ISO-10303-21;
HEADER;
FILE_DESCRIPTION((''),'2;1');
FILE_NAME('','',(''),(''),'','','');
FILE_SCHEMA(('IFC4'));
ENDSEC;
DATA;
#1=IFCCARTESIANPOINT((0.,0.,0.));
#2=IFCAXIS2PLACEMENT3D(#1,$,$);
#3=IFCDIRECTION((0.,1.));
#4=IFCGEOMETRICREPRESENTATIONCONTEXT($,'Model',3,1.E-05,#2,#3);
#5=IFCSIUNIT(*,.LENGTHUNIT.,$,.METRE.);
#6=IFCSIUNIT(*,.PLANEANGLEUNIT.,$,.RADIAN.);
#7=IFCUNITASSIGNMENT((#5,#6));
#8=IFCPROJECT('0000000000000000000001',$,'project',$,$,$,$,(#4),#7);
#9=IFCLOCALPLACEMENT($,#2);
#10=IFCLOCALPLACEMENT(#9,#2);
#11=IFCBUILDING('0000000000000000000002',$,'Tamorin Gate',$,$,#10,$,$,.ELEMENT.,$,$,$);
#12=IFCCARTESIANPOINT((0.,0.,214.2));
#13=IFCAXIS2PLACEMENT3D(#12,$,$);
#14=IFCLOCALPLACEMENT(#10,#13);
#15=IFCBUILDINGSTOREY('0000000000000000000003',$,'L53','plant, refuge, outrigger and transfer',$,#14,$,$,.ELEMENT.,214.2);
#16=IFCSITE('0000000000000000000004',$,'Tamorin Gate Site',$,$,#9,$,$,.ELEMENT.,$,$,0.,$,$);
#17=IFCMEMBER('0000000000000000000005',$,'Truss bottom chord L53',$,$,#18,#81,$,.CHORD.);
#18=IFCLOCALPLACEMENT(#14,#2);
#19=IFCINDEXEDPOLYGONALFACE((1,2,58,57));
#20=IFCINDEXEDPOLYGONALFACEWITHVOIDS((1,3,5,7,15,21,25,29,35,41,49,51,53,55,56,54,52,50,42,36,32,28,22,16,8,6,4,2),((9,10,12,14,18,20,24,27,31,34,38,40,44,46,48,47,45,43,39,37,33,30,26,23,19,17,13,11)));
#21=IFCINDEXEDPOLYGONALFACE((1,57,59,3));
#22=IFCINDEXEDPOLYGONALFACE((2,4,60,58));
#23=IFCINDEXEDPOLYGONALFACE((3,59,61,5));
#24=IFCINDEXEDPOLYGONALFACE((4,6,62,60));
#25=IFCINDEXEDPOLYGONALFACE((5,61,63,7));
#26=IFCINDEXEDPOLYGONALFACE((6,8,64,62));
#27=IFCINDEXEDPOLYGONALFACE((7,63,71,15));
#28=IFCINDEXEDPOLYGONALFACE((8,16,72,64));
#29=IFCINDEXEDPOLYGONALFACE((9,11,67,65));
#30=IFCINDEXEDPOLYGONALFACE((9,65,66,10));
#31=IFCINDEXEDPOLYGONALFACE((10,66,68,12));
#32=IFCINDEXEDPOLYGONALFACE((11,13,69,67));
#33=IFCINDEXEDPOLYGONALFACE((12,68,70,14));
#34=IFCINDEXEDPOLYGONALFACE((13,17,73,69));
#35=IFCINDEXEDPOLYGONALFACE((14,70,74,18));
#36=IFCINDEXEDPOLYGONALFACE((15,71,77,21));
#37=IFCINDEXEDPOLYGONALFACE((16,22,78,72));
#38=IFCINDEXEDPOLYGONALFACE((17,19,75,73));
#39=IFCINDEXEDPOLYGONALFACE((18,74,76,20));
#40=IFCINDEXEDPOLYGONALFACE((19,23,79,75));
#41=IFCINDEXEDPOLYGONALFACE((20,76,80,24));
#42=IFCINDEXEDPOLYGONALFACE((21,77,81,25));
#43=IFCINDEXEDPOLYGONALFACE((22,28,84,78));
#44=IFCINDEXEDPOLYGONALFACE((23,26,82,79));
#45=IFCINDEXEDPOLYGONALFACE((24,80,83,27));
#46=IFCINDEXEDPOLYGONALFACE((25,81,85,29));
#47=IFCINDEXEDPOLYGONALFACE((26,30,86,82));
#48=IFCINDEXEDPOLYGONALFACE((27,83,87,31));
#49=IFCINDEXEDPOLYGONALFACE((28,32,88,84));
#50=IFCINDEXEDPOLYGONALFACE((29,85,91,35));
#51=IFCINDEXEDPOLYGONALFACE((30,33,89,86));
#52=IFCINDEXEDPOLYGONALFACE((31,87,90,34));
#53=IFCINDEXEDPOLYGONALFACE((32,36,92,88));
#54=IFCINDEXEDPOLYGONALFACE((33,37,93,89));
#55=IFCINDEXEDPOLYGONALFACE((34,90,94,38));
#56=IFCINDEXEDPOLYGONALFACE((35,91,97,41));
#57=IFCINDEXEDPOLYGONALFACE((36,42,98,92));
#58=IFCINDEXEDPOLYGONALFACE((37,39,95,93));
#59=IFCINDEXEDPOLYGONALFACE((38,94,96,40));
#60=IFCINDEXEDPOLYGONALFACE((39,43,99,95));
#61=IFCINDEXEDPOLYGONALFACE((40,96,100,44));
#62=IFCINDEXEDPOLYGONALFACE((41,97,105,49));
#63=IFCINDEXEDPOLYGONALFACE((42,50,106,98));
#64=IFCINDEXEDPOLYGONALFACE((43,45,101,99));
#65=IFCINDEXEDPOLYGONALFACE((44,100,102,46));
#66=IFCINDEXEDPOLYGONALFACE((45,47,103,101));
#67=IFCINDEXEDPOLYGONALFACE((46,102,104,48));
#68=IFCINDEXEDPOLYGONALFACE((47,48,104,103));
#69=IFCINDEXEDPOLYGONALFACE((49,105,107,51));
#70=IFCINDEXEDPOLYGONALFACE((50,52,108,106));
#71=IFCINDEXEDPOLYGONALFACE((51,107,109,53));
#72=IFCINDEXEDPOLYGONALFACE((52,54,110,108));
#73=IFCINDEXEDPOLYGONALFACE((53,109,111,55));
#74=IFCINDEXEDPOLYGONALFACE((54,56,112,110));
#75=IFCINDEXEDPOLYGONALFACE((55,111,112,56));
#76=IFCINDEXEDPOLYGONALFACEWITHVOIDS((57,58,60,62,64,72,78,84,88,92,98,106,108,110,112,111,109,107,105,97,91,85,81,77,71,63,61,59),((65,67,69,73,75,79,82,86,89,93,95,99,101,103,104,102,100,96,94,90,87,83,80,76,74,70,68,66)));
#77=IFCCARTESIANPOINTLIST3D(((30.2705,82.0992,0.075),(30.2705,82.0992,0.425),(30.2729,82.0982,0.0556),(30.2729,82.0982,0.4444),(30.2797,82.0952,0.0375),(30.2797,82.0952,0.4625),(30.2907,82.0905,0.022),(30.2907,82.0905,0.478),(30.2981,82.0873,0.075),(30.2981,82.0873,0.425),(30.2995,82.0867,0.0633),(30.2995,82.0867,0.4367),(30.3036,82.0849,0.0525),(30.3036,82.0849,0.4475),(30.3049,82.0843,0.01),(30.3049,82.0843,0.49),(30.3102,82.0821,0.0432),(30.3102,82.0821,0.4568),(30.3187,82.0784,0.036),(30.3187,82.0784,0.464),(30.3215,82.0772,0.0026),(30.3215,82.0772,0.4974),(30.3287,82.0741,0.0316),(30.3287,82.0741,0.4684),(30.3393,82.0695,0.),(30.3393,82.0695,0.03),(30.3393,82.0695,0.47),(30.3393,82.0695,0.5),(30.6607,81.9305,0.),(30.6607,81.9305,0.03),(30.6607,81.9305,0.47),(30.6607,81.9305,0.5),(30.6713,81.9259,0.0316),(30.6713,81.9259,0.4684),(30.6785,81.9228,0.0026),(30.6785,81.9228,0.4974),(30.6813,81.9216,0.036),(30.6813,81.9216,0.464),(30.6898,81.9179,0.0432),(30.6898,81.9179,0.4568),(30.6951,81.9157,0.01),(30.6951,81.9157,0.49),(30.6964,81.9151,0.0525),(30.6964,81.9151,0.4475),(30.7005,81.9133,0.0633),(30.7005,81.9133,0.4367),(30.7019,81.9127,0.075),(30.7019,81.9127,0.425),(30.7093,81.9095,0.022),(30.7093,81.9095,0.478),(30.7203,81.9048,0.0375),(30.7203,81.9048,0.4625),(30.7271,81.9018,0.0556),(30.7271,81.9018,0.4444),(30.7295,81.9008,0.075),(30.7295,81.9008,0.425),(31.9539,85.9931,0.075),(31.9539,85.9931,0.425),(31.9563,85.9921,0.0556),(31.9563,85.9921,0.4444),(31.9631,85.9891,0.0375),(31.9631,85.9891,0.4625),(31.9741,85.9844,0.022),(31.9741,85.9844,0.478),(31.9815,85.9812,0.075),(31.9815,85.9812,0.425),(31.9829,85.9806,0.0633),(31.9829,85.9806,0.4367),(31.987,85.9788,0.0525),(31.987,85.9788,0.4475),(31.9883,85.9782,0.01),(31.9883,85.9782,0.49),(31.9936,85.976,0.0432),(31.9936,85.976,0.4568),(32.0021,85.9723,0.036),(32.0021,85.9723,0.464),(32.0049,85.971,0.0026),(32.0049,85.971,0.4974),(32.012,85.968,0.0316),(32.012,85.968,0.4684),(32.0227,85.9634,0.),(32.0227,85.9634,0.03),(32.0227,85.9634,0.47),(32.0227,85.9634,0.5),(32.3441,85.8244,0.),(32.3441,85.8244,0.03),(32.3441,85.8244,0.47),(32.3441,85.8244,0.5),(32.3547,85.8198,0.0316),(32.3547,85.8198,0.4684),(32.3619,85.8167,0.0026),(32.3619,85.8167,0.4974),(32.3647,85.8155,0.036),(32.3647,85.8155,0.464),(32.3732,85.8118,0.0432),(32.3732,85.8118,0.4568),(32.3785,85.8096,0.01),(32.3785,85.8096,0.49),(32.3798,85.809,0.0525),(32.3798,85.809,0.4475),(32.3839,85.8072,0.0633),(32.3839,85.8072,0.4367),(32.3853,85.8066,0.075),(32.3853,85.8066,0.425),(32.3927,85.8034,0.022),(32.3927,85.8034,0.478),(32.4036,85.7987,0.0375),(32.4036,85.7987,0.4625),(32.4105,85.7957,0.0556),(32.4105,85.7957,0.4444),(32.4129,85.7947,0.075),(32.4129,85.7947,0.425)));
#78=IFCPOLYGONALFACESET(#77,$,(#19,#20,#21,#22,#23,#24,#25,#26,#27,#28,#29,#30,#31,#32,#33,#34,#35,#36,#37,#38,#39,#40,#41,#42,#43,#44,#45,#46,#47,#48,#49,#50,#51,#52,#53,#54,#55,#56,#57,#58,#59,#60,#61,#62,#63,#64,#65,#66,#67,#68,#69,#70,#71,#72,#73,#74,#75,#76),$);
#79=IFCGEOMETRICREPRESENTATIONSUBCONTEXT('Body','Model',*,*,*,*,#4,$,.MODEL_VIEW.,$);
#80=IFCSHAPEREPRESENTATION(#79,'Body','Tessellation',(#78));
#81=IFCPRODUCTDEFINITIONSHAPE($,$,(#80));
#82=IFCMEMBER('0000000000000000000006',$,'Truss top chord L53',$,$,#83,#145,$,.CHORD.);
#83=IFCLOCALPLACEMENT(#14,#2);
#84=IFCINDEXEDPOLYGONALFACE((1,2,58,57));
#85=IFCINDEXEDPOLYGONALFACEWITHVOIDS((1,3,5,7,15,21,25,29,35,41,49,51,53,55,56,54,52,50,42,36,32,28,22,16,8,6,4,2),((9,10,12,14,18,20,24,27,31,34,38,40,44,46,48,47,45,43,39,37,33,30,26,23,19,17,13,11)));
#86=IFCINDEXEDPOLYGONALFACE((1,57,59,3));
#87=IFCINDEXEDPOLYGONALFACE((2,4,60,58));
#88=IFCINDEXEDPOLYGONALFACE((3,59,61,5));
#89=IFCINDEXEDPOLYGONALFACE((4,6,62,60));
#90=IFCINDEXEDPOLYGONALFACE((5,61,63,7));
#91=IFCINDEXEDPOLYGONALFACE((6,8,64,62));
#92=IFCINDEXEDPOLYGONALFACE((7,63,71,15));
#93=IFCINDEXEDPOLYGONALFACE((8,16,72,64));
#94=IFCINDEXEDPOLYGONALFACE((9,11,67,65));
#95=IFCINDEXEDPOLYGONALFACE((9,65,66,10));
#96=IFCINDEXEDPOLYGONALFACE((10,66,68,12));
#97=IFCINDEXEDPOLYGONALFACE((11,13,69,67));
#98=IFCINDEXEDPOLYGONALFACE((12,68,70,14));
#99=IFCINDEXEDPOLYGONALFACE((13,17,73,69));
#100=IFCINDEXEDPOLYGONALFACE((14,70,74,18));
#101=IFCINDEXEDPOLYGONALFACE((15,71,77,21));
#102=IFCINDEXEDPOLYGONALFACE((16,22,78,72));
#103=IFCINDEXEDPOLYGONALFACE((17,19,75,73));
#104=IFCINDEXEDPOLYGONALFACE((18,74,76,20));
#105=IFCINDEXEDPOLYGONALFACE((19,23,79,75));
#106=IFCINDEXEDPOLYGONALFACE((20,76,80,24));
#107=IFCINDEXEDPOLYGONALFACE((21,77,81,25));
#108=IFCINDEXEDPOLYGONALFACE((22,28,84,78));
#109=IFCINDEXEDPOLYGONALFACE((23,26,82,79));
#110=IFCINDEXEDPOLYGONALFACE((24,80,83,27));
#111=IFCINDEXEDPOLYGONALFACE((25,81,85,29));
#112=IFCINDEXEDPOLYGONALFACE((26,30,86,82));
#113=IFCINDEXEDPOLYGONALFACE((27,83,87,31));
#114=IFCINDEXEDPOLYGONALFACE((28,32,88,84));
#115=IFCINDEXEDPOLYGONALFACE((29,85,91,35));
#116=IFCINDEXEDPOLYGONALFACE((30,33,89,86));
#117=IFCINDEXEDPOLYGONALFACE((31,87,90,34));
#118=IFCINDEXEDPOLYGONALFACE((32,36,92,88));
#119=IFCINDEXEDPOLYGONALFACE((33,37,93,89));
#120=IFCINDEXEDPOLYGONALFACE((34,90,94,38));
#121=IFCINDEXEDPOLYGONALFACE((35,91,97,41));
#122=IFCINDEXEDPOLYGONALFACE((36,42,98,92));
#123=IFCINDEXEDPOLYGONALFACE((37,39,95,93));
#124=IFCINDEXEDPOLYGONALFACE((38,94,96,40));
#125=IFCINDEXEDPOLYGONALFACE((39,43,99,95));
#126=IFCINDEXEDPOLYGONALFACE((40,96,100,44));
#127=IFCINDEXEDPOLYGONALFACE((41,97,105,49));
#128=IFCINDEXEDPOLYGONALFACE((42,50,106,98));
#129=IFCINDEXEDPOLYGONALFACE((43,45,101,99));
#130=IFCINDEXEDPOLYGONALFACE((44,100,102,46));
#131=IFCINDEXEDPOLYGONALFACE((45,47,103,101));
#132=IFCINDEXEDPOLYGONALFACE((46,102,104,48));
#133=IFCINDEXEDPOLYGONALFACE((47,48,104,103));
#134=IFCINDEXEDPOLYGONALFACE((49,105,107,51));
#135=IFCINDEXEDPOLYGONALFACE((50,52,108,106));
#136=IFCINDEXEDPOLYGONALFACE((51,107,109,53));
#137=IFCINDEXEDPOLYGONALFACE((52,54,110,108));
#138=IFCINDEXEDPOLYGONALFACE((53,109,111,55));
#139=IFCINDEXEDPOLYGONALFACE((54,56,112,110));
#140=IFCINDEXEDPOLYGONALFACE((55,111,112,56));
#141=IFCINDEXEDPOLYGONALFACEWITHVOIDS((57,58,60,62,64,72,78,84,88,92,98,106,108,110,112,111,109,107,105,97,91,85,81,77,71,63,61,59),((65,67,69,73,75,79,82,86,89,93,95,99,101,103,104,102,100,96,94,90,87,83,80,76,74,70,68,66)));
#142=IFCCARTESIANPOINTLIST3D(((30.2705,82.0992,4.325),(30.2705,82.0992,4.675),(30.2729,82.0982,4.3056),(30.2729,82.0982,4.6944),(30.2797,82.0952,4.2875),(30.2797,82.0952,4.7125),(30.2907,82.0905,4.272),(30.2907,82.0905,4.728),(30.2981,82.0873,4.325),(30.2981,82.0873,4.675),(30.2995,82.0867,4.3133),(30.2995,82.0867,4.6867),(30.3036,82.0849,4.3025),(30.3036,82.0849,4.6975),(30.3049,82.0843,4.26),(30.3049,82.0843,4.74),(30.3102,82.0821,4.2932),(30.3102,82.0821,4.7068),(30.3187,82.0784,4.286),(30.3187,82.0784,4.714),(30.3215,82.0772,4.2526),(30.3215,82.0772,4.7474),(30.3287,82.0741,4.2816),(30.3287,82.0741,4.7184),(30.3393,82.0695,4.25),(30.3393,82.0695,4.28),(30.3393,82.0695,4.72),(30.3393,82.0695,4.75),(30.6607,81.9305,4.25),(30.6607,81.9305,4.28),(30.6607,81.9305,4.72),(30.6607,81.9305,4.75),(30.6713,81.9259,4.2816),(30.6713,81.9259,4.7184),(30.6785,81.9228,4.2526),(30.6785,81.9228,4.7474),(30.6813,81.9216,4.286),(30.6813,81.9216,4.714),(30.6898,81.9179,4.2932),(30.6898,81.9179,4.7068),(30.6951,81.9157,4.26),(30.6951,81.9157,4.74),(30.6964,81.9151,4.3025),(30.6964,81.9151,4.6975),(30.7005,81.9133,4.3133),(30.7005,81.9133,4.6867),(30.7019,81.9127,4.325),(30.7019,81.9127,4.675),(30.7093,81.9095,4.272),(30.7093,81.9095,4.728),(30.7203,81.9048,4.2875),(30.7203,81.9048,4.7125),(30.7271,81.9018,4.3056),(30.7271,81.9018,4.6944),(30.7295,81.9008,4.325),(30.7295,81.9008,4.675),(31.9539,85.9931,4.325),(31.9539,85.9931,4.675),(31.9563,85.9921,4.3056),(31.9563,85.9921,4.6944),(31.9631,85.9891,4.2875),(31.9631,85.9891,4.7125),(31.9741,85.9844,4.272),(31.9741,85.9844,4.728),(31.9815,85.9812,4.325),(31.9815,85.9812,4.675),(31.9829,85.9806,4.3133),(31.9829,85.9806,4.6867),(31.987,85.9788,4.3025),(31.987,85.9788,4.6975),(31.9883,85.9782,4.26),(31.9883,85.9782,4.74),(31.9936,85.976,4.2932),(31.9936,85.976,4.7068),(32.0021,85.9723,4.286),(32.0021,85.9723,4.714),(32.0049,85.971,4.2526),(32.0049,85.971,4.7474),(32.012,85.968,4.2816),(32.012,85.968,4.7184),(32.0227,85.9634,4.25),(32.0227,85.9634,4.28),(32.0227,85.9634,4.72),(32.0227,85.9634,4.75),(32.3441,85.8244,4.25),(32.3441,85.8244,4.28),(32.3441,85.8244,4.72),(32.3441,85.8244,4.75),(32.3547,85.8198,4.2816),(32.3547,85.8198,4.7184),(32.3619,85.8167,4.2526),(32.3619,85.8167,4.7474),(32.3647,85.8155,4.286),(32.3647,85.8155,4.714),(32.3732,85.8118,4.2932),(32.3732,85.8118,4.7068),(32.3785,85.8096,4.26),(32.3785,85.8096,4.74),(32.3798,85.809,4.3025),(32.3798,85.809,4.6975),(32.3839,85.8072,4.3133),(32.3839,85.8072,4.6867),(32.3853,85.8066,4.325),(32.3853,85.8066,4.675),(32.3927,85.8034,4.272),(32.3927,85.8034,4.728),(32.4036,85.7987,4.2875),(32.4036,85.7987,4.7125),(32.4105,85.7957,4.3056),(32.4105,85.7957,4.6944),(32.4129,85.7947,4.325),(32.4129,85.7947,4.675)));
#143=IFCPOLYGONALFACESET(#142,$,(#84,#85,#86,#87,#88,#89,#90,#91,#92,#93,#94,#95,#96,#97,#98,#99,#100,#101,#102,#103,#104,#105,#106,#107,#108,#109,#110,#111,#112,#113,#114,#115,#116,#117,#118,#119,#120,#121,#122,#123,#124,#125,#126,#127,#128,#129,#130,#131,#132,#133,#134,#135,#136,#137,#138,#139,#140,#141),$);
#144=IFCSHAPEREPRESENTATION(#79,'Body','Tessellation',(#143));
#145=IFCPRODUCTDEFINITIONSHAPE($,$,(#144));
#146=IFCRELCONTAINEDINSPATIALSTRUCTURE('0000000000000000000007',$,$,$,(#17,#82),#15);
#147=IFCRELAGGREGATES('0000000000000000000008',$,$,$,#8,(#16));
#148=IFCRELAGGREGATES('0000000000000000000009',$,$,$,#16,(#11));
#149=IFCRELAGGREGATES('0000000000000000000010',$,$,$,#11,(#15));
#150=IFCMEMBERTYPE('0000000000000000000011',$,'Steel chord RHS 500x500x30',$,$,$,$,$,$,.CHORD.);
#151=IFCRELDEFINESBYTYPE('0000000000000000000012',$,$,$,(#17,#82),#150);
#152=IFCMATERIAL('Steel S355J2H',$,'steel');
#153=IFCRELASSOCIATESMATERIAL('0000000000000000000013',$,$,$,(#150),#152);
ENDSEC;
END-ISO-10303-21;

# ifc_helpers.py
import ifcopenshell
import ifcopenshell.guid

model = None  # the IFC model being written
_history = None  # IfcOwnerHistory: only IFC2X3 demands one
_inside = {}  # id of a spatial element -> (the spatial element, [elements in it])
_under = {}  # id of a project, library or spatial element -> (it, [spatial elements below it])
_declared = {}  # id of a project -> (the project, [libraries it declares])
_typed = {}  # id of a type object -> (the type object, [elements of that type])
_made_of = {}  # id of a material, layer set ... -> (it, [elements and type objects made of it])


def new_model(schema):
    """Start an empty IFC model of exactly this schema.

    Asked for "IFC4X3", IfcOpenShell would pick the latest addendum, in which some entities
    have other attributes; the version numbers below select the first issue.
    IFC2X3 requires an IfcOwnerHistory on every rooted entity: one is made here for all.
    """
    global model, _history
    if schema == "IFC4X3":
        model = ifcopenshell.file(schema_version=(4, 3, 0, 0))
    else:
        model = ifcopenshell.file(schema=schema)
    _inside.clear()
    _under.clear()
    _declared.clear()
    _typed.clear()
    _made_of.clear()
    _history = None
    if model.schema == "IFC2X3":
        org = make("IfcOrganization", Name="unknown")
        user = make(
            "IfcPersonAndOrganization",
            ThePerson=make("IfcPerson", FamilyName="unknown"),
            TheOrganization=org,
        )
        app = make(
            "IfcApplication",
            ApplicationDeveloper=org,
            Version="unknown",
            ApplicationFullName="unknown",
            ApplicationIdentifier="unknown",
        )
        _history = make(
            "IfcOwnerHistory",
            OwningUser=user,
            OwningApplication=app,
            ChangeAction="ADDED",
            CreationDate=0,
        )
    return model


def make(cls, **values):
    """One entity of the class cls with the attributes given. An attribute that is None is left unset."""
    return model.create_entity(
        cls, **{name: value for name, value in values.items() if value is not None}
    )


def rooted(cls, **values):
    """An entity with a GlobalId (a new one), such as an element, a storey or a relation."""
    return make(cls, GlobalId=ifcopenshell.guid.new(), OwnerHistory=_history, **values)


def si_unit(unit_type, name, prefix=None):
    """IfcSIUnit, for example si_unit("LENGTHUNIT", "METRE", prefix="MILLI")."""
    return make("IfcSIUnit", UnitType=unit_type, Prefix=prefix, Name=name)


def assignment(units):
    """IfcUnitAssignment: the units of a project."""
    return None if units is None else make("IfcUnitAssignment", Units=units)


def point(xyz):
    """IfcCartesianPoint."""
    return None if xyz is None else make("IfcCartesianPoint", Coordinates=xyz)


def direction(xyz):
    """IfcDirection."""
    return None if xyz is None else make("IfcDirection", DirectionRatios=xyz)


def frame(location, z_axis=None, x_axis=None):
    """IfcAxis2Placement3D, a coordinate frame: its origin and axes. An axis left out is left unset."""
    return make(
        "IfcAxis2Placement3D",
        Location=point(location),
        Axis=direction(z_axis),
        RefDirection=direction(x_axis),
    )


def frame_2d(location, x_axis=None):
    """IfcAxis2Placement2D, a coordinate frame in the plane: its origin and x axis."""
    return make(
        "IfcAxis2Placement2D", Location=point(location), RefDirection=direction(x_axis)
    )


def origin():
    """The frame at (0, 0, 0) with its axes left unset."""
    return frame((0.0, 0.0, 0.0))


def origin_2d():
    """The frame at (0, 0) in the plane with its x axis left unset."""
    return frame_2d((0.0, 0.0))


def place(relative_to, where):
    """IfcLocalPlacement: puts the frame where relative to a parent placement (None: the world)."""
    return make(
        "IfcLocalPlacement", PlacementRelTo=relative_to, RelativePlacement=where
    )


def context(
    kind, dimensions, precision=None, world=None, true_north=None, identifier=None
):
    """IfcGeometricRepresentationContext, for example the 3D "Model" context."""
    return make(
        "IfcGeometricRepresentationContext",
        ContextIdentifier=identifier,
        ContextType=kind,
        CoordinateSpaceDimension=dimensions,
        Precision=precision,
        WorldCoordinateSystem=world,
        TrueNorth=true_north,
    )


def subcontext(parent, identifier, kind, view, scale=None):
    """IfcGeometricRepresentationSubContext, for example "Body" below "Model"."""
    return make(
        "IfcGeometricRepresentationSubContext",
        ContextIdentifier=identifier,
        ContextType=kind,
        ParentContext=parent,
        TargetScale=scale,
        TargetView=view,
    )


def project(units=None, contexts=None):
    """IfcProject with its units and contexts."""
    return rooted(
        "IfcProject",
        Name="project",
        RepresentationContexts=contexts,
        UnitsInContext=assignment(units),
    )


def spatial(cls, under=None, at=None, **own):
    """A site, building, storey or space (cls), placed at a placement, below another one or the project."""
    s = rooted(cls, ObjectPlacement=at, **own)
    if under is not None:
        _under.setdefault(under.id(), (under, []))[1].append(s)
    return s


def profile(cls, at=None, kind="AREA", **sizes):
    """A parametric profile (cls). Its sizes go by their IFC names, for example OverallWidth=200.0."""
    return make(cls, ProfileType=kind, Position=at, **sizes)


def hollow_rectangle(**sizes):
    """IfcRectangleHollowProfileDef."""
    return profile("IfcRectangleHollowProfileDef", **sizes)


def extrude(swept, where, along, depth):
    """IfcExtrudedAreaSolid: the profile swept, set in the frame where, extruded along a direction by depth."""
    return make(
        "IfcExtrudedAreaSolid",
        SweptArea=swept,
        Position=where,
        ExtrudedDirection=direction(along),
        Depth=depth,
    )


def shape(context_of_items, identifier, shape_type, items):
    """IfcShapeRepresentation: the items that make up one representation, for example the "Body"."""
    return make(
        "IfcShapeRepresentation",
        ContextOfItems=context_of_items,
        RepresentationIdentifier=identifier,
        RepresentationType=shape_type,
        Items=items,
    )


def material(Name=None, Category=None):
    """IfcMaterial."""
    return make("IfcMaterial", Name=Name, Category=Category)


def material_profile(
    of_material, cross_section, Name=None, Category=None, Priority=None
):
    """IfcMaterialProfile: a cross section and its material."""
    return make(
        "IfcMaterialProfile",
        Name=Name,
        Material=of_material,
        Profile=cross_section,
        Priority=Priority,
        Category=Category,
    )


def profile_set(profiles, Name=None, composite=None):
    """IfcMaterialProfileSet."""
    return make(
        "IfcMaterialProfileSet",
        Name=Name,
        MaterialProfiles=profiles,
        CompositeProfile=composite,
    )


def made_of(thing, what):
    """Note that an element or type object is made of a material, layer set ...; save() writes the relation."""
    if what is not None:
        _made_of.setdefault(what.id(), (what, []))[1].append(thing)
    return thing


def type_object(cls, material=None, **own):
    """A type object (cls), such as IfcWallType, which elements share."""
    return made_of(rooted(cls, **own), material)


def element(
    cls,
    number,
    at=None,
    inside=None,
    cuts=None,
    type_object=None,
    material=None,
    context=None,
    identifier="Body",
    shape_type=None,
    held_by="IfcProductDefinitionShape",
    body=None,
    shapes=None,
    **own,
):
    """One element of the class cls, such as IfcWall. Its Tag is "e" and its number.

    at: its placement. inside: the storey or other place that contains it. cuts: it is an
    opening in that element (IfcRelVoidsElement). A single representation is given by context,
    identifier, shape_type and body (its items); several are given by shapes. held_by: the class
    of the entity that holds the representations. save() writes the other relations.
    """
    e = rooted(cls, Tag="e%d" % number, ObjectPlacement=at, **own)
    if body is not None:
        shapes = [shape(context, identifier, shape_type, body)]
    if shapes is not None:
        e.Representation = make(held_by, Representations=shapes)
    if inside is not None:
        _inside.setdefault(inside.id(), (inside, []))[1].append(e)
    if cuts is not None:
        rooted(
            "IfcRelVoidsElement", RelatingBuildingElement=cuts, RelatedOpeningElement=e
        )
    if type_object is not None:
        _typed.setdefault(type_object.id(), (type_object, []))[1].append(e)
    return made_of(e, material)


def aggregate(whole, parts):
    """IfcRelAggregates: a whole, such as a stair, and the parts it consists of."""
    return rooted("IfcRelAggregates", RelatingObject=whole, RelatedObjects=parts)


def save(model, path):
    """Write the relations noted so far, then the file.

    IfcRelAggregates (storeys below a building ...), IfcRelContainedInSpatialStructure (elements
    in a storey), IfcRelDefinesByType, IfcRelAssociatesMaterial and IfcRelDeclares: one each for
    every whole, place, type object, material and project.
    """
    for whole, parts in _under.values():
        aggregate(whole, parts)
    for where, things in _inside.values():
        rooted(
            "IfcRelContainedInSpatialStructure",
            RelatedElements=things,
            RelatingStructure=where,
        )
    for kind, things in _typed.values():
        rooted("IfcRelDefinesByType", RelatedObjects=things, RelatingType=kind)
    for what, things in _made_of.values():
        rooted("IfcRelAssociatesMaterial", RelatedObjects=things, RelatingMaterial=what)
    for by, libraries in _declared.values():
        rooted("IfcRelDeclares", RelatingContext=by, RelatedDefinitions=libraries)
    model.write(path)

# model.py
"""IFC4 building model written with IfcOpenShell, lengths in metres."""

from ifc_helpers import new_model, si_unit, direction, frame, origin, origin_2d, place, context, subcontext, project, spatial, hollow_rectangle, extrude, material, material_profile, profile_set, type_object, element, save


model = new_model("IFC4")

# Units and contexts
model_context = context("Model", 3, precision=1e-05, world=origin(), true_north=direction((0.0, 1.0)))
body_context = subcontext(model_context, "Body", "Model", "MODEL_VIEW")
ifc_project = project(units=[si_unit("LENGTHUNIT", "METRE"), si_unit("PLANEANGLEUNIT", "RADIAN")], contexts=[model_context])

# Site, building, storey
site_placement = place(None, origin())
site = spatial("IfcSite", under=ifc_project, at=site_placement, Name="Tamorin Gate Site", CompositionType="ELEMENT", RefElevation=0.0)
building_placement = place(site_placement, origin())
building = spatial("IfcBuilding", under=site, at=building_placement, Name="Tamorin Gate", CompositionType="ELEMENT")
storey_placement = place(building_placement, frame((0.0, 0.0, 214.2)))
storey = spatial("IfcBuildingStorey", under=building, at=storey_placement, Name="L53", Description="plant, refuge, outrigger and transfer", CompositionType="ELEMENT", Elevation=214.2)

# Members
ifc_material_1 = material(Name="Steel S355J2H", Category="steel")
ifc_material_profile_1 = material_profile(ifc_material_1, hollow_rectangle(XDim=0.5, YDim=0.5, WallThickness=0.03, InnerFilletRadius=0.0449, OuterFilletRadius=0.075, at=origin_2d()), Name="RHS 500x500x30")
ifc_profile_set_1 = profile_set([ifc_material_profile_1], Name="Steel S355J2H")
member_type_1 = type_object("IfcMemberType", Name="Steel chord RHS 500x500x30", PredefinedType="CHORD", material=ifc_profile_set_1)
for number, where, z_axis, x_axis, name in (
    (1, (30.5, 82.0, 0.25), (0.396821, 0.917896, 0.0), (-0.917896, 0.396821, 0.0), "Truss bottom chord L53"),
    (2, (30.5, 82.0, 4.5), (0.396821, 0.917896, 0.0), (-0.917896, 0.396821, 0.0), "Truss top chord L53"),
):
    element("IfcMember", number, at=place(storey_placement, frame(where, z_axis=z_axis, x_axis=x_axis)), inside=storey, type_object=member_type_1, Name=name, PredefinedType="CHORD", context=body_context, shape_type="SweptSolid", body=[
        extrude(hollow_rectangle(XDim=0.5, YDim=0.5, WallThickness=0.03, InnerFilletRadius=0.0449, OuterFilletRadius=0.075, at=origin_2d()), origin(), (0.0, 0.0, 1.0), 4.2422),
    ])

save(model, "model.ifc")
